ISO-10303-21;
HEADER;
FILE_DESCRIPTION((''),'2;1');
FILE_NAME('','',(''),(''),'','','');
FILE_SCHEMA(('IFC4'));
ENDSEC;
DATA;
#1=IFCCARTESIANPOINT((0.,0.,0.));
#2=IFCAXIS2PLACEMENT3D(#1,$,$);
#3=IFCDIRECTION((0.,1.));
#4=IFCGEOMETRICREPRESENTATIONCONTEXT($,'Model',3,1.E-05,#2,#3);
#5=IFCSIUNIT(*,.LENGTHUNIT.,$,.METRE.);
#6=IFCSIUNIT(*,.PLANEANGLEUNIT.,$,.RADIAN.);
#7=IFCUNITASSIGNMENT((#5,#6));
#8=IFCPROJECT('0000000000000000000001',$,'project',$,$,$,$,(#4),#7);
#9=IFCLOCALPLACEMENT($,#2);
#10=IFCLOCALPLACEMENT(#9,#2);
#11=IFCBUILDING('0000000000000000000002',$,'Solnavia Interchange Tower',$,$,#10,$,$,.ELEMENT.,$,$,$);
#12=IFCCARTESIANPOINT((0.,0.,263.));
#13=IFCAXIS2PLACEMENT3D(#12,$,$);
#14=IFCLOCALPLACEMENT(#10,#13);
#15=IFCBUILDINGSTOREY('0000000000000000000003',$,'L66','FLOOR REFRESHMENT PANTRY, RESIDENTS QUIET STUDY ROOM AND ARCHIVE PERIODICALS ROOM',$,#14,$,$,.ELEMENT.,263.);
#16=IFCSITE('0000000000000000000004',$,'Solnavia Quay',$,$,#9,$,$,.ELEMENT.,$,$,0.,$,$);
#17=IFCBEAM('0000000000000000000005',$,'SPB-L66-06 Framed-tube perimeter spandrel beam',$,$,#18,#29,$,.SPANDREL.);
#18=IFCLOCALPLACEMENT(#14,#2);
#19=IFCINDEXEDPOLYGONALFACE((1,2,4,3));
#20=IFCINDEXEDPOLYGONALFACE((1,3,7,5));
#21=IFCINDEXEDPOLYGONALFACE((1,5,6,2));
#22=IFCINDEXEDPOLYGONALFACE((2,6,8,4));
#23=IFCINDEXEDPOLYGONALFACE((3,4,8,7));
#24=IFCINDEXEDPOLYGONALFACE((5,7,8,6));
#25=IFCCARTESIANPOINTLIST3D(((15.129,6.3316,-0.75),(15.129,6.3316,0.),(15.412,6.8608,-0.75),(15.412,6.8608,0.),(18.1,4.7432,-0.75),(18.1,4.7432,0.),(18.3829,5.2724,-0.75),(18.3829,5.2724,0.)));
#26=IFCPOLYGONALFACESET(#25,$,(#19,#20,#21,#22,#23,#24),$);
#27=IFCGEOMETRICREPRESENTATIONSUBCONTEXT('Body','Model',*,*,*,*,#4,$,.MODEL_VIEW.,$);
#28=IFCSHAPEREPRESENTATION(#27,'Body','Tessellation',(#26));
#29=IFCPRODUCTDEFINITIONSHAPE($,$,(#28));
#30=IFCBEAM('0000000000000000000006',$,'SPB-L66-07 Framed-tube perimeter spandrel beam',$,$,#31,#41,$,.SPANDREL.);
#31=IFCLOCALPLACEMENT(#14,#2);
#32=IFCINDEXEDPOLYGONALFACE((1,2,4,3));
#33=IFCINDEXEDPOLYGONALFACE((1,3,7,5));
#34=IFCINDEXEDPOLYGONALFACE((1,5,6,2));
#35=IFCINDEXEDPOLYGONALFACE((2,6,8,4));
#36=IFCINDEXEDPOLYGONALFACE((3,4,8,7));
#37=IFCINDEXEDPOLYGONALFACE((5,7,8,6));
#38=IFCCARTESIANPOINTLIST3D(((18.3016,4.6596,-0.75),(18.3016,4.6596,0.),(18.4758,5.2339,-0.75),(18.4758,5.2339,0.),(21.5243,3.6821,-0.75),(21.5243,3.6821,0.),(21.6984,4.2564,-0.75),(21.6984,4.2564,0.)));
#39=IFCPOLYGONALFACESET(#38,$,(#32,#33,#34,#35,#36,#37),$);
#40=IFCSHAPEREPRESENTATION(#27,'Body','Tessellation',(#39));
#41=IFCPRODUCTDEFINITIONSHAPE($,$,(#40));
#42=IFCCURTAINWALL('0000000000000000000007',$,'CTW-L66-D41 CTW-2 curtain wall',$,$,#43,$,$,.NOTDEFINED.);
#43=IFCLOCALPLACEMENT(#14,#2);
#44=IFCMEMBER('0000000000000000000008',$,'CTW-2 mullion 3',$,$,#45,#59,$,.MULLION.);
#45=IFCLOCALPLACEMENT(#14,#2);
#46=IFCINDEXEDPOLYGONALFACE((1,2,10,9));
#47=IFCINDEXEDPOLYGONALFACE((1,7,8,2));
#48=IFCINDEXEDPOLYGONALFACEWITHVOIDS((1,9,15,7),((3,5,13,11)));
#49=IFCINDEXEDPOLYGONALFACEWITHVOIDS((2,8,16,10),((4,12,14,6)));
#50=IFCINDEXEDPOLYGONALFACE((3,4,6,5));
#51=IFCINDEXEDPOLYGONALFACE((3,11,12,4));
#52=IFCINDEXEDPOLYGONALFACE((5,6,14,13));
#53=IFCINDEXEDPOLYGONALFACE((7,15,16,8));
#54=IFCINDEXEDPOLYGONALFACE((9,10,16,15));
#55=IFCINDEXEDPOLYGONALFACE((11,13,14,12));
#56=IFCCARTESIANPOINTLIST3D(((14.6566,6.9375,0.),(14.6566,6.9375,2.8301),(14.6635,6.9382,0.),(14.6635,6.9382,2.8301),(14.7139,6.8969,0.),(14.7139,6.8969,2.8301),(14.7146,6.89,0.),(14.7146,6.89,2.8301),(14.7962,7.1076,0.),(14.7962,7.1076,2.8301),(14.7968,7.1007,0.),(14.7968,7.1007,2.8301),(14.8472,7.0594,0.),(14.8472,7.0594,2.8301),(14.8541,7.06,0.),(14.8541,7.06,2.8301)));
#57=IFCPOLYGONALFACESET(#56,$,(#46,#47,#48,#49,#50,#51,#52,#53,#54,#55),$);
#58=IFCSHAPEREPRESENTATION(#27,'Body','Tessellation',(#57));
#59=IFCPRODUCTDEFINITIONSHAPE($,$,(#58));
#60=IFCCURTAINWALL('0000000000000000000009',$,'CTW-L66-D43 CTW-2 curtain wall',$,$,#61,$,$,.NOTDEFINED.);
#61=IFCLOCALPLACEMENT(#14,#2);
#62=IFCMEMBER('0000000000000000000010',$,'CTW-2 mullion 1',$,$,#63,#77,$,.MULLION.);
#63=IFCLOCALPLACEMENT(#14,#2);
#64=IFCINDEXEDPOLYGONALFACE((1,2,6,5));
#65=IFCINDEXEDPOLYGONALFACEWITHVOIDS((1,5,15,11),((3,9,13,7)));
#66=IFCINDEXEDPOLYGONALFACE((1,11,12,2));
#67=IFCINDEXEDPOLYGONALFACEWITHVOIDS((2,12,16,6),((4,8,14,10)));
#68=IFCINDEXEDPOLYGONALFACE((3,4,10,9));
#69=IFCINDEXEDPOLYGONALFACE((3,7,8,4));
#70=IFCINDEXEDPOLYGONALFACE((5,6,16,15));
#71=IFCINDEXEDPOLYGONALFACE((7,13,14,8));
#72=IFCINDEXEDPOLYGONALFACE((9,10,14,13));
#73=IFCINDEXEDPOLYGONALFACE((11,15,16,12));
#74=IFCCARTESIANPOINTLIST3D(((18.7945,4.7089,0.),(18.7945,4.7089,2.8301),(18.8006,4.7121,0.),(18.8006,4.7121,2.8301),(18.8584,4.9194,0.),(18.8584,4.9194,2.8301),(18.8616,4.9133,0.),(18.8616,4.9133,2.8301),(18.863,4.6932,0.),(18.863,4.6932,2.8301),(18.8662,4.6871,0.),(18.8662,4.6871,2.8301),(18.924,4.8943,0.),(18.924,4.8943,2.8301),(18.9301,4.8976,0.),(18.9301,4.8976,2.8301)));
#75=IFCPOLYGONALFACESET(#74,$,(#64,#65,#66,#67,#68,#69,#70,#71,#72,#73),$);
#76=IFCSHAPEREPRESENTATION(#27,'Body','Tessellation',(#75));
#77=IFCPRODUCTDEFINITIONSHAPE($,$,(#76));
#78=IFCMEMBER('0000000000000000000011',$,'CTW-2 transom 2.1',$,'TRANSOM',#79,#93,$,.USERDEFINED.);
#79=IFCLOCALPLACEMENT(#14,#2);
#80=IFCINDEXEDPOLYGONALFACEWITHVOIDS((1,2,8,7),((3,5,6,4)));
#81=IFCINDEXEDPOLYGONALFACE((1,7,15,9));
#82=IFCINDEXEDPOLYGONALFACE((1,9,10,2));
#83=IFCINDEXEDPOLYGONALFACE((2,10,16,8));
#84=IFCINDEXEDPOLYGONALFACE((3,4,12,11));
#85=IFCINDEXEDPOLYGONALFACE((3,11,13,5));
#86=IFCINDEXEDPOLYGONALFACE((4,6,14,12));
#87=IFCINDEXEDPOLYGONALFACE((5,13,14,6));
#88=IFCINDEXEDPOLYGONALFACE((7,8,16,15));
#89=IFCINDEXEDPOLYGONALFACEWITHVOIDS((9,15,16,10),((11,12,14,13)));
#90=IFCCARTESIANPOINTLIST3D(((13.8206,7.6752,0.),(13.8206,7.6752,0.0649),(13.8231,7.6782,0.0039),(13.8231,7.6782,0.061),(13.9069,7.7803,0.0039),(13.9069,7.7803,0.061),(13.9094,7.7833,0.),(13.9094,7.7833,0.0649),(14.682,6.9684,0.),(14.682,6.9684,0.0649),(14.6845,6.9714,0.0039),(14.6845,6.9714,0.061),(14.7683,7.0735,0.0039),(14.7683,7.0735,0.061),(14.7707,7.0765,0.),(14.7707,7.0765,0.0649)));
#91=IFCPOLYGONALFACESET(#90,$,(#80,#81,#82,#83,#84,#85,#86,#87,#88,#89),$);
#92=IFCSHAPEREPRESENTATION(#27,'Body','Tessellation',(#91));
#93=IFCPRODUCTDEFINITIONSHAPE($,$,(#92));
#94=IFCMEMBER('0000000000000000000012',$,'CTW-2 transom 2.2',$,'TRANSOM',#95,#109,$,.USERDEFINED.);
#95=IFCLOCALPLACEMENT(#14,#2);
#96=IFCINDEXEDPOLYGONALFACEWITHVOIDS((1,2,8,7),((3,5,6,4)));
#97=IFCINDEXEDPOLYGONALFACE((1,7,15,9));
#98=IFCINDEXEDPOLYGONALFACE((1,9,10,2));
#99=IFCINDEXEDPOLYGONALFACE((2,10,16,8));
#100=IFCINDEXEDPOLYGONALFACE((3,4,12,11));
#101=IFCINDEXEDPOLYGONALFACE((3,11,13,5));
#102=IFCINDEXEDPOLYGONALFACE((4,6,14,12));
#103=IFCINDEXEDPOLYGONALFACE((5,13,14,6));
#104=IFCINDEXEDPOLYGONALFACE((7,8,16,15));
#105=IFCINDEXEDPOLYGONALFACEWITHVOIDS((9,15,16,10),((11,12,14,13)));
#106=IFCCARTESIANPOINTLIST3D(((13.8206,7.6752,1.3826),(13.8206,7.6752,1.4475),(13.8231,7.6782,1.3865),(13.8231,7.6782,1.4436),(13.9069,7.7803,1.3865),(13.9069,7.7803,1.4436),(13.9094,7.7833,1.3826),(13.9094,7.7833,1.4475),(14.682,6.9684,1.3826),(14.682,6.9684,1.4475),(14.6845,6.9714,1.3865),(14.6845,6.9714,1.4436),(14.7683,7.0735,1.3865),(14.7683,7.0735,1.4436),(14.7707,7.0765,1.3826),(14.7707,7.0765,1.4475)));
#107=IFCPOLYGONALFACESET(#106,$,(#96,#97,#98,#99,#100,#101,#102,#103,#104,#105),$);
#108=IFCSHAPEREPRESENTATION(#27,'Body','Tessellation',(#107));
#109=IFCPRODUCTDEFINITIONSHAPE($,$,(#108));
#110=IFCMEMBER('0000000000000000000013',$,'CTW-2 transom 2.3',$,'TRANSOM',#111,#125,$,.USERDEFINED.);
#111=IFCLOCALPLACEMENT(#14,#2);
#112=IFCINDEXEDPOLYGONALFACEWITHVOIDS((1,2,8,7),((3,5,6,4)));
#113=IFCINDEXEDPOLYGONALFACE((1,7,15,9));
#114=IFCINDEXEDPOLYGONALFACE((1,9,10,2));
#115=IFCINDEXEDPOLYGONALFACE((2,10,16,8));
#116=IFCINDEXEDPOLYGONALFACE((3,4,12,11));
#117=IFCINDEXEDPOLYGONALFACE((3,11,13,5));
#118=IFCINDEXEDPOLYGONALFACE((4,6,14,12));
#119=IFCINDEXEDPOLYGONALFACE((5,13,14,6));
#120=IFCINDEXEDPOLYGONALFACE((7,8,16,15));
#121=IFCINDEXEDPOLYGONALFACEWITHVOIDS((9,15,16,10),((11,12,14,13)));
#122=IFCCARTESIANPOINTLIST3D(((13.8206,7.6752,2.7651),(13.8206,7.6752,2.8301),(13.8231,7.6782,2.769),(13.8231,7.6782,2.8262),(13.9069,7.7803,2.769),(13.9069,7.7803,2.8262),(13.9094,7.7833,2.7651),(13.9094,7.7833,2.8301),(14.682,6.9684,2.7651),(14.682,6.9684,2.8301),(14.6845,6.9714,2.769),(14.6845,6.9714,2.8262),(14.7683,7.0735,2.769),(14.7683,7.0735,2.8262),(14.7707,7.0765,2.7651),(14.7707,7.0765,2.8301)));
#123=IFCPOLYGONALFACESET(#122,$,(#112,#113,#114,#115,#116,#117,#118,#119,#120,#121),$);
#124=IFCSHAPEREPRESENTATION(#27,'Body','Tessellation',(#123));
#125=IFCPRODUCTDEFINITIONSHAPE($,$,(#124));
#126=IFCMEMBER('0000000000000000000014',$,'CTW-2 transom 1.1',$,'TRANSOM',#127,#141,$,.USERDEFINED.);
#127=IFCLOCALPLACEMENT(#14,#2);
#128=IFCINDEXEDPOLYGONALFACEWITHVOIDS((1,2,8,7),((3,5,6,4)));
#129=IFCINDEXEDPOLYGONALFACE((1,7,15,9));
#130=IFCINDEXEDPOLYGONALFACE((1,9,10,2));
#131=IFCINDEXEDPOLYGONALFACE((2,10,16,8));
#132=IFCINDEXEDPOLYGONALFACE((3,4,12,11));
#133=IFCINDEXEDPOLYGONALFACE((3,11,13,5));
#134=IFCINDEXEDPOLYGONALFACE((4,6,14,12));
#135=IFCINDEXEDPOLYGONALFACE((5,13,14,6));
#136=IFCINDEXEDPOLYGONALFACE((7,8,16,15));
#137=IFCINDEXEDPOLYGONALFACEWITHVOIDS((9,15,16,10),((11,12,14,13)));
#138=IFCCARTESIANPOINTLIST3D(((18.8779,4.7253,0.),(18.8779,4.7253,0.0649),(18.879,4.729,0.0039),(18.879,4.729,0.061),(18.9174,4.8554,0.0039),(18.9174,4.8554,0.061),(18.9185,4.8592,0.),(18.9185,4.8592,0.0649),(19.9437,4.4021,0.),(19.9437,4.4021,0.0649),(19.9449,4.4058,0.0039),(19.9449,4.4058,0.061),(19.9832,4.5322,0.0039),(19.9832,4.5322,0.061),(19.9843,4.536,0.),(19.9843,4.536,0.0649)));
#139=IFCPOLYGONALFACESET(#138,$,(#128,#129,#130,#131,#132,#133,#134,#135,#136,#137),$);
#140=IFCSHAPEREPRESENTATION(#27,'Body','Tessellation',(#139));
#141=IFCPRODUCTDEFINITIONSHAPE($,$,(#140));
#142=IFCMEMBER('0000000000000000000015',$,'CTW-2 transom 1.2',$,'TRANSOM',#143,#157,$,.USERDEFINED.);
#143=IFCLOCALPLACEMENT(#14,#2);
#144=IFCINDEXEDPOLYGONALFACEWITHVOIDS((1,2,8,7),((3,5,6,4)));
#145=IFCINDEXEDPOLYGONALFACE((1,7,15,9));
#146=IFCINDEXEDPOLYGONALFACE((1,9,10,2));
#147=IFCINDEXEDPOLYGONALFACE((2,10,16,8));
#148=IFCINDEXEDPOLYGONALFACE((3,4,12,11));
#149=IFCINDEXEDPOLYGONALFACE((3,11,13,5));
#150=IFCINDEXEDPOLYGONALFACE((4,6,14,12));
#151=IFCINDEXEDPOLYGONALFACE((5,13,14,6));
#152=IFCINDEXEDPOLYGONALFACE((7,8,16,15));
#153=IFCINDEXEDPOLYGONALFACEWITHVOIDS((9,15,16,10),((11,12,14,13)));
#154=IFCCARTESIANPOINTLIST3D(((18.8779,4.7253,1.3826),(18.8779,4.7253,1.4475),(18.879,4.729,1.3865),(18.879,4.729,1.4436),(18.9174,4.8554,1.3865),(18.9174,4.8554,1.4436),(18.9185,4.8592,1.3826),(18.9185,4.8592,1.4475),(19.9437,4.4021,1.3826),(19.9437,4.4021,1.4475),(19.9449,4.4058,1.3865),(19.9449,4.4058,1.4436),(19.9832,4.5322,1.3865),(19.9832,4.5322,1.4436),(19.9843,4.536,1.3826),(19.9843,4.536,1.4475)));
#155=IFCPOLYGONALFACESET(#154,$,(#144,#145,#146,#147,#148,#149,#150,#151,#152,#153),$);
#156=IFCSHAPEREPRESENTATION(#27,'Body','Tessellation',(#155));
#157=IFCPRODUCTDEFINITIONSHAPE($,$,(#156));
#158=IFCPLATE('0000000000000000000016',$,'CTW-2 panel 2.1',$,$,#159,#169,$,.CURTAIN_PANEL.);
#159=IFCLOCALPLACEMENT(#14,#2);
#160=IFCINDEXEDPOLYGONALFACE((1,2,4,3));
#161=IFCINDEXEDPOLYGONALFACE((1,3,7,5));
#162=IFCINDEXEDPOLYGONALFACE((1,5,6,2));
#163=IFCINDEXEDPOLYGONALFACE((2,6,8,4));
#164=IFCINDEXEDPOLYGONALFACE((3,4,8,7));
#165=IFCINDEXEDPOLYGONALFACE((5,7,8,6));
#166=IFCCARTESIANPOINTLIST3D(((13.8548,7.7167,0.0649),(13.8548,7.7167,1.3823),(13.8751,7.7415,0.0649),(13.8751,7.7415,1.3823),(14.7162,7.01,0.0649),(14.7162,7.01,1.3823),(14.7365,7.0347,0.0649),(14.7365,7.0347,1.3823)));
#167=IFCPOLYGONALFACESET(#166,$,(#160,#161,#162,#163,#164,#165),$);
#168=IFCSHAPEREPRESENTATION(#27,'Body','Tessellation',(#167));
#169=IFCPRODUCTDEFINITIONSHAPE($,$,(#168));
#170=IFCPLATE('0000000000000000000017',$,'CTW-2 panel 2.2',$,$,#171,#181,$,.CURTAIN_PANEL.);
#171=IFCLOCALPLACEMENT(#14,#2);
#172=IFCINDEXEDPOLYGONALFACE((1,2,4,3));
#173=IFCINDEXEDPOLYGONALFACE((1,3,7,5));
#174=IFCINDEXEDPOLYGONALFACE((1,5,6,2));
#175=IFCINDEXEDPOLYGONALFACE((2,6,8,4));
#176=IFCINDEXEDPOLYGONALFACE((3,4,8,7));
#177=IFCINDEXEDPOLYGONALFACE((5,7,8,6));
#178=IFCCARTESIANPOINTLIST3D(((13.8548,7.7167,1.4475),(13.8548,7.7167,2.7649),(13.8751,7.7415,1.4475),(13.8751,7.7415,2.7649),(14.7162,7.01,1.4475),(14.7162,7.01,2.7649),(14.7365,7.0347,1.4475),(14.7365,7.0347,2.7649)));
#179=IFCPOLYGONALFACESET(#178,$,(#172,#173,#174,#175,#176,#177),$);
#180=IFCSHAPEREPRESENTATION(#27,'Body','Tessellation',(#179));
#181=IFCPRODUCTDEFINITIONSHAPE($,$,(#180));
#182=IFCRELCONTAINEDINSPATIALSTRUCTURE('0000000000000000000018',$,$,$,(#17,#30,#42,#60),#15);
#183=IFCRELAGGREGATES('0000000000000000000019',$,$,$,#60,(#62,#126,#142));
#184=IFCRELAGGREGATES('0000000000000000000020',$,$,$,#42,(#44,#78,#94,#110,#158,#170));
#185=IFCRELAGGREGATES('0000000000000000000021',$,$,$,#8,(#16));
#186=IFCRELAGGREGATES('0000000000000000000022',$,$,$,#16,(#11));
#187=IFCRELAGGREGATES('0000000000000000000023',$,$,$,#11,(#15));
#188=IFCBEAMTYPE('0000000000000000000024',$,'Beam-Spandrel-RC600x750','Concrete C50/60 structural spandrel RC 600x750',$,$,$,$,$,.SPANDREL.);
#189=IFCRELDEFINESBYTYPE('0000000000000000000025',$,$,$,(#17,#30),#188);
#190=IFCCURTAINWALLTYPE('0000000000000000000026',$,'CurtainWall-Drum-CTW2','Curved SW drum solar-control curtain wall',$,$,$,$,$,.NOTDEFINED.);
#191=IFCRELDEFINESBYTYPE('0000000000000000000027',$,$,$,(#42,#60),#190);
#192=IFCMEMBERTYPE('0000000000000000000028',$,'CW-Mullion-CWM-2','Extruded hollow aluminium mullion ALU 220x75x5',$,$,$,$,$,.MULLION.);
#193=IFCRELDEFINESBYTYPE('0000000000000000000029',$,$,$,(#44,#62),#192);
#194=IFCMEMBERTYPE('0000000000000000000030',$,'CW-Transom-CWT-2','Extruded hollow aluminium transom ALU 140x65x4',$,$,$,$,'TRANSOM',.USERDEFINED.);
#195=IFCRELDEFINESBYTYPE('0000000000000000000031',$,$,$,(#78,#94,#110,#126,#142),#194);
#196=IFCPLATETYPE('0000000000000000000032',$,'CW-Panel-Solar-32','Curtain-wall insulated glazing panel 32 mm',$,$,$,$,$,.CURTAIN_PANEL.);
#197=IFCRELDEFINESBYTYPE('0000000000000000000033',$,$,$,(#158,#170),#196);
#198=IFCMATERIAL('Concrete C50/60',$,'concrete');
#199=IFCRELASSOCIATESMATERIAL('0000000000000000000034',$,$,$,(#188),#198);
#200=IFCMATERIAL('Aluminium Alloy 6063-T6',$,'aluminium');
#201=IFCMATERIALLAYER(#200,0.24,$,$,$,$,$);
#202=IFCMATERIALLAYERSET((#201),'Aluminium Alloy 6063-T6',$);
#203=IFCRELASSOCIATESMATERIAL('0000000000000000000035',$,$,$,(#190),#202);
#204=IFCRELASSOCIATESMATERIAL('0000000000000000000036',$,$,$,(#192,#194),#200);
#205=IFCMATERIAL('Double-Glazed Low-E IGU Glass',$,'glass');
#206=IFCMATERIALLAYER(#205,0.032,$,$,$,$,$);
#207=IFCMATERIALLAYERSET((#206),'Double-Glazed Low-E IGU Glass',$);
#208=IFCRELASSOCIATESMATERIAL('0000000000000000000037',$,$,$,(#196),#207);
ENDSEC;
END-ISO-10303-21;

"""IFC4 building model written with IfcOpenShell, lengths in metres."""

from ifc_helpers import new_model, si_unit, direction, frame, origin, origin_2d, place, context, subcontext, project, spatial, rectangle, hollow_rectangle, extrude, material, layer, layer_set, material_profile, profile_set, type_object, element, aggregate, save


model = new_model("IFC4")

# Units and contexts
model_context = context("Model", 3, precision=1e-05, world=origin(), true_north=direction((0.0, 1.0)))
body_context = subcontext(model_context, "Body", "Model", "MODEL_VIEW")
ifc_project = project(units=[si_unit("LENGTHUNIT", "METRE"), si_unit("PLANEANGLEUNIT", "RADIAN")], contexts=[model_context])

# Site, building, storey
site_placement = place(None, origin())
site = spatial("IfcSite", under=ifc_project, at=site_placement, Name="Solnavia Quay", CompositionType="ELEMENT", RefElevation=0.0)
building_placement = place(site_placement, origin())
building = spatial("IfcBuilding", under=site, at=building_placement, Name="Solnavia Interchange Tower", CompositionType="ELEMENT")
storey_placement = place(building_placement, frame((0.0, 0.0, 263.0)))
storey = spatial("IfcBuildingStorey", under=building, at=storey_placement, Name="L66", Description="FLOOR REFRESHMENT PANTRY, RESIDENTS QUIET STUDY ROOM AND ARCHIVE PERIODICALS ROOM", CompositionType="ELEMENT", Elevation=263.0)

# Shared definitions
ifc_material_1 = material(Name="Concrete C50/60", Category="concrete")

# Beams
ifc_material_profile_1 = material_profile(ifc_material_1, rectangle(XDim=0.6001, YDim=0.75, at=origin_2d()), Name="RC 600x750")
ifc_profile_set_1 = profile_set([ifc_material_profile_1], Name="Concrete C50/60")
beam_type_1 = type_object("IfcBeamType", Name="Beam-Spandrel-RC600x750", Description="Concrete C50/60 structural spandrel RC 600x750", PredefinedType="SPANDREL", material=ifc_profile_set_1)
beam_1_placement = place(storey_placement, frame((15.2705, 6.5962, -0.375), z_axis=(0.881875, -0.471483, 0.0), x_axis=(0.471483, 0.881875, 0.0)))
element("IfcBeam", 1, at=beam_1_placement, inside=storey, type_object=beam_type_1, Name="SPB-L66-06 Framed-tube perimeter spandrel beam", PredefinedType="SPANDREL", context=body_context, shape_type="SweptSolid", body=[
    extrude(rectangle(XDim=0.6001, YDim=0.75, at=origin_2d()), origin(), (0.0, 0.0, 1.0), 3.3689),
])
beam_2_placement = place(storey_placement, frame((18.3887, 4.9468, -0.375), z_axis=(0.956944, -0.290273, 0.0), x_axis=(0.290273, 0.956944, 0.0)))
element("IfcBeam", 2, at=beam_2_placement, inside=storey, type_object=beam_type_1, Name="SPB-L66-07 Framed-tube perimeter spandrel beam", PredefinedType="SPANDREL", context=body_context, shape_type="SweptSolid", body=[
    extrude(rectangle(XDim=0.6001, YDim=0.75, at=origin_2d()), origin(), (0.0, 0.0, 1.0), 3.3677),
])

# Curtain walls, members
ifc_material_2 = material(Name="Aluminium Alloy 6063-T6", Category="aluminium")
ifc_layer_1 = layer(ifc_material_2, 0.24)
ifc_layer_set_1 = layer_set([ifc_layer_1], Name="Aluminium Alloy 6063-T6")
curtain_wall_type = type_object("IfcCurtainWallType", Name="CurtainWall-Drum-CTW2", Description="Curved SW drum solar-control curtain wall", PredefinedType="NOTDEFINED", material=ifc_layer_set_1)
curtain_wall_1_placement = place(storey_placement, origin())
curtain_wall_1 = element("IfcCurtainWall", 3, at=curtain_wall_1_placement, inside=storey, type_object=curtain_wall_type, Name="CTW-L66-D41 CTW-2 curtain wall", PredefinedType="NOTDEFINED")
ifc_material_profile_2 = material_profile(ifc_material_2, hollow_rectangle(XDim=0.075, YDim=0.22, WallThickness=0.0049, at=origin_2d()), Name="ALU 220x75x5")
ifc_profile_set_2 = profile_set([ifc_material_profile_2], Name="Aluminium Alloy 6063-T6")
member_type_1 = type_object("IfcMemberType", Name="CW-Mullion-CWM-2", Description="Extruded hollow aluminium mullion ALU 220x75x5", PredefinedType="MULLION", material=ifc_profile_set_2)
member_1_placement = place(storey_placement, frame((14.7554, 6.9988, 0.0), z_axis=(0.0, 0.0, 1.0), x_axis=(0.773103, -0.63428, 0.0)))
member_1 = element("IfcMember", 4, at=member_1_placement, type_object=member_type_1, Name="CTW-2 mullion 3", PredefinedType="MULLION", context=body_context, shape_type="SweptSolid", body=[
    extrude(hollow_rectangle(XDim=0.075, YDim=0.22, WallThickness=0.0049, at=origin_2d()), origin(), (0.0, 0.0, 1.0), 2.8301),
])
curtain_wall_2_placement = place(storey_placement, origin())
curtain_wall_2 = element("IfcCurtainWall", 5, at=curtain_wall_2_placement, inside=storey, type_object=curtain_wall_type, Name="CTW-L66-D43 CTW-2 curtain wall", PredefinedType="NOTDEFINED")
member_2_placement = place(storey_placement, frame((18.8623, 4.8032, 0.0), z_axis=(0.0, 0.0, 1.0), x_axis=(0.956942, -0.290279, 0.0)))
member_2 = element("IfcMember", 6, at=member_2_placement, type_object=member_type_1, Name="CTW-2 mullion 1", PredefinedType="MULLION", context=body_context, shape_type="SweptSolid", body=[
    extrude(hollow_rectangle(XDim=0.075, YDim=0.22, WallThickness=0.0049, at=origin_2d()), origin(), (0.0, 0.0, 1.0), 2.8301),
])

# Members
ifc_material_profile_3 = material_profile(ifc_material_2, hollow_rectangle(XDim=0.0649, YDim=0.1399, WallThickness=0.0039, at=origin_2d()), Name="ALU 140x65x4")
ifc_profile_set_3 = profile_set([ifc_material_profile_3], Name="Aluminium Alloy 6063-T6")
member_type_2 = type_object("IfcMemberType", Name="CW-Transom-CWT-2", Description="Extruded hollow aluminium transom ALU 140x65x4", ElementType="TRANSOM", PredefinedType="USERDEFINED", material=ifc_profile_set_3)
member_3_placement = place(storey_placement, frame((13.865, 7.7292, 0.0325), z_axis=(0.773049, -0.634347, 0.0), x_axis=(0.0, 0.0, 1.0)))
member_3 = element("IfcMember", 7, at=member_3_placement, type_object=member_type_2, Name="CTW-2 transom 2.1", ObjectType="TRANSOM", PredefinedType="USERDEFINED", context=body_context, shape_type="SweptSolid", body=[
    extrude(hollow_rectangle(XDim=0.0649, YDim=0.1399, WallThickness=0.0039, at=origin_2d()), origin(), (0.0, 0.0, 1.0), 1.1143),
])
member_4_placement = place(storey_placement, frame((13.865, 7.7292, 1.415), z_axis=(0.773049, -0.634347, 0.0), x_axis=(0.0, 0.0, 1.0)))
member_4 = element("IfcMember", 8, at=member_4_placement, type_object=member_type_2, Name="CTW-2 transom 2.2", ObjectType="TRANSOM", PredefinedType="USERDEFINED", context=body_context, shape_type="SweptSolid", body=[
    extrude(hollow_rectangle(XDim=0.0649, YDim=0.1399, WallThickness=0.0039, at=origin_2d()), origin(), (0.0, 0.0, 1.0), 1.1143),
])
member_5_placement = place(storey_placement, frame((13.865, 7.7292, 2.7976), z_axis=(0.773049, -0.634347, 0.0), x_axis=(0.0, 0.0, 1.0)))
member_5 = element("IfcMember", 9, at=member_5_placement, type_object=member_type_2, Name="CTW-2 transom 2.3", ObjectType="TRANSOM", PredefinedType="USERDEFINED", context=body_context, shape_type="SweptSolid", body=[
    extrude(hollow_rectangle(XDim=0.0649, YDim=0.1399, WallThickness=0.0039, at=origin_2d()), origin(), (0.0, 0.0, 1.0), 1.1143),
])
member_6_placement = place(storey_placement, frame((18.8982, 4.7922, 0.0325), z_axis=(0.956965, -0.290202, 0.0), x_axis=(0.0, 0.0, 1.0)))
member_6 = element("IfcMember", 10, at=member_6_placement, type_object=member_type_2, Name="CTW-2 transom 1.1", ObjectType="TRANSOM", PredefinedType="USERDEFINED", context=body_context, shape_type="SweptSolid", body=[
    extrude(hollow_rectangle(XDim=0.0649, YDim=0.1399, WallThickness=0.0039, at=origin_2d()), origin(), (0.0, 0.0, 1.0), 1.1138),
])
member_7_placement = place(storey_placement, frame((18.8982, 4.7922, 1.415), z_axis=(0.956965, -0.290202, 0.0), x_axis=(0.0, 0.0, 1.0)))
member_7 = element("IfcMember", 11, at=member_7_placement, type_object=member_type_2, Name="CTW-2 transom 1.2", ObjectType="TRANSOM", PredefinedType="USERDEFINED", context=body_context, shape_type="SweptSolid", body=[
    extrude(hollow_rectangle(XDim=0.0649, YDim=0.1399, WallThickness=0.0039, at=origin_2d()), origin(), (0.0, 0.0, 1.0), 1.1138),
])
aggregate(curtain_wall_2, [member_2, member_6, member_7])

# Plates
ifc_material_3 = material(Name="Double-Glazed Low-E IGU Glass", Category="glass")
ifc_layer_2 = layer(ifc_material_3, 0.032)
ifc_layer_set_2 = layer_set([ifc_layer_2], Name="Double-Glazed Low-E IGU Glass")
plate_type = type_object("IfcPlateType", Name="CW-Panel-Solar-32", Description="Curtain-wall insulated glazing panel 32 mm", PredefinedType="CURTAIN_PANEL", material=ifc_layer_set_2)
plate_1_placement = place(storey_placement, frame((14.2957, 7.3757, 0.0649), z_axis=(0.0, 0.0, 1.0), x_axis=(0.773103, -0.63428, 0.0)))
plate_1 = element("IfcPlate", 12, at=plate_1_placement, type_object=plate_type, Name="CTW-2 panel 2.1", PredefinedType="CURTAIN_PANEL", context=body_context, shape_type="SweptSolid", body=[
    extrude(rectangle(XDim=1.1143, YDim=0.032, at=origin_2d()), origin(), (0.0, 0.0, 1.0), 1.3174),
])
plate_2_placement = place(storey_placement, frame((14.2957, 7.3757, 1.4475), z_axis=(0.0, 0.0, 1.0), x_axis=(0.773103, -0.63428, 0.0)))
plate_2 = element("IfcPlate", 13, at=plate_2_placement, type_object=plate_type, Name="CTW-2 panel 2.2", PredefinedType="CURTAIN_PANEL", context=body_context, shape_type="SweptSolid", body=[
    extrude(rectangle(XDim=1.1143, YDim=0.032, at=origin_2d()), origin(), (0.0, 0.0, 1.0), 1.3174),
])
aggregate(curtain_wall_1, [member_1, member_3, member_4, member_5, plate_1, plate_2])

save(model, "model.ifc")
